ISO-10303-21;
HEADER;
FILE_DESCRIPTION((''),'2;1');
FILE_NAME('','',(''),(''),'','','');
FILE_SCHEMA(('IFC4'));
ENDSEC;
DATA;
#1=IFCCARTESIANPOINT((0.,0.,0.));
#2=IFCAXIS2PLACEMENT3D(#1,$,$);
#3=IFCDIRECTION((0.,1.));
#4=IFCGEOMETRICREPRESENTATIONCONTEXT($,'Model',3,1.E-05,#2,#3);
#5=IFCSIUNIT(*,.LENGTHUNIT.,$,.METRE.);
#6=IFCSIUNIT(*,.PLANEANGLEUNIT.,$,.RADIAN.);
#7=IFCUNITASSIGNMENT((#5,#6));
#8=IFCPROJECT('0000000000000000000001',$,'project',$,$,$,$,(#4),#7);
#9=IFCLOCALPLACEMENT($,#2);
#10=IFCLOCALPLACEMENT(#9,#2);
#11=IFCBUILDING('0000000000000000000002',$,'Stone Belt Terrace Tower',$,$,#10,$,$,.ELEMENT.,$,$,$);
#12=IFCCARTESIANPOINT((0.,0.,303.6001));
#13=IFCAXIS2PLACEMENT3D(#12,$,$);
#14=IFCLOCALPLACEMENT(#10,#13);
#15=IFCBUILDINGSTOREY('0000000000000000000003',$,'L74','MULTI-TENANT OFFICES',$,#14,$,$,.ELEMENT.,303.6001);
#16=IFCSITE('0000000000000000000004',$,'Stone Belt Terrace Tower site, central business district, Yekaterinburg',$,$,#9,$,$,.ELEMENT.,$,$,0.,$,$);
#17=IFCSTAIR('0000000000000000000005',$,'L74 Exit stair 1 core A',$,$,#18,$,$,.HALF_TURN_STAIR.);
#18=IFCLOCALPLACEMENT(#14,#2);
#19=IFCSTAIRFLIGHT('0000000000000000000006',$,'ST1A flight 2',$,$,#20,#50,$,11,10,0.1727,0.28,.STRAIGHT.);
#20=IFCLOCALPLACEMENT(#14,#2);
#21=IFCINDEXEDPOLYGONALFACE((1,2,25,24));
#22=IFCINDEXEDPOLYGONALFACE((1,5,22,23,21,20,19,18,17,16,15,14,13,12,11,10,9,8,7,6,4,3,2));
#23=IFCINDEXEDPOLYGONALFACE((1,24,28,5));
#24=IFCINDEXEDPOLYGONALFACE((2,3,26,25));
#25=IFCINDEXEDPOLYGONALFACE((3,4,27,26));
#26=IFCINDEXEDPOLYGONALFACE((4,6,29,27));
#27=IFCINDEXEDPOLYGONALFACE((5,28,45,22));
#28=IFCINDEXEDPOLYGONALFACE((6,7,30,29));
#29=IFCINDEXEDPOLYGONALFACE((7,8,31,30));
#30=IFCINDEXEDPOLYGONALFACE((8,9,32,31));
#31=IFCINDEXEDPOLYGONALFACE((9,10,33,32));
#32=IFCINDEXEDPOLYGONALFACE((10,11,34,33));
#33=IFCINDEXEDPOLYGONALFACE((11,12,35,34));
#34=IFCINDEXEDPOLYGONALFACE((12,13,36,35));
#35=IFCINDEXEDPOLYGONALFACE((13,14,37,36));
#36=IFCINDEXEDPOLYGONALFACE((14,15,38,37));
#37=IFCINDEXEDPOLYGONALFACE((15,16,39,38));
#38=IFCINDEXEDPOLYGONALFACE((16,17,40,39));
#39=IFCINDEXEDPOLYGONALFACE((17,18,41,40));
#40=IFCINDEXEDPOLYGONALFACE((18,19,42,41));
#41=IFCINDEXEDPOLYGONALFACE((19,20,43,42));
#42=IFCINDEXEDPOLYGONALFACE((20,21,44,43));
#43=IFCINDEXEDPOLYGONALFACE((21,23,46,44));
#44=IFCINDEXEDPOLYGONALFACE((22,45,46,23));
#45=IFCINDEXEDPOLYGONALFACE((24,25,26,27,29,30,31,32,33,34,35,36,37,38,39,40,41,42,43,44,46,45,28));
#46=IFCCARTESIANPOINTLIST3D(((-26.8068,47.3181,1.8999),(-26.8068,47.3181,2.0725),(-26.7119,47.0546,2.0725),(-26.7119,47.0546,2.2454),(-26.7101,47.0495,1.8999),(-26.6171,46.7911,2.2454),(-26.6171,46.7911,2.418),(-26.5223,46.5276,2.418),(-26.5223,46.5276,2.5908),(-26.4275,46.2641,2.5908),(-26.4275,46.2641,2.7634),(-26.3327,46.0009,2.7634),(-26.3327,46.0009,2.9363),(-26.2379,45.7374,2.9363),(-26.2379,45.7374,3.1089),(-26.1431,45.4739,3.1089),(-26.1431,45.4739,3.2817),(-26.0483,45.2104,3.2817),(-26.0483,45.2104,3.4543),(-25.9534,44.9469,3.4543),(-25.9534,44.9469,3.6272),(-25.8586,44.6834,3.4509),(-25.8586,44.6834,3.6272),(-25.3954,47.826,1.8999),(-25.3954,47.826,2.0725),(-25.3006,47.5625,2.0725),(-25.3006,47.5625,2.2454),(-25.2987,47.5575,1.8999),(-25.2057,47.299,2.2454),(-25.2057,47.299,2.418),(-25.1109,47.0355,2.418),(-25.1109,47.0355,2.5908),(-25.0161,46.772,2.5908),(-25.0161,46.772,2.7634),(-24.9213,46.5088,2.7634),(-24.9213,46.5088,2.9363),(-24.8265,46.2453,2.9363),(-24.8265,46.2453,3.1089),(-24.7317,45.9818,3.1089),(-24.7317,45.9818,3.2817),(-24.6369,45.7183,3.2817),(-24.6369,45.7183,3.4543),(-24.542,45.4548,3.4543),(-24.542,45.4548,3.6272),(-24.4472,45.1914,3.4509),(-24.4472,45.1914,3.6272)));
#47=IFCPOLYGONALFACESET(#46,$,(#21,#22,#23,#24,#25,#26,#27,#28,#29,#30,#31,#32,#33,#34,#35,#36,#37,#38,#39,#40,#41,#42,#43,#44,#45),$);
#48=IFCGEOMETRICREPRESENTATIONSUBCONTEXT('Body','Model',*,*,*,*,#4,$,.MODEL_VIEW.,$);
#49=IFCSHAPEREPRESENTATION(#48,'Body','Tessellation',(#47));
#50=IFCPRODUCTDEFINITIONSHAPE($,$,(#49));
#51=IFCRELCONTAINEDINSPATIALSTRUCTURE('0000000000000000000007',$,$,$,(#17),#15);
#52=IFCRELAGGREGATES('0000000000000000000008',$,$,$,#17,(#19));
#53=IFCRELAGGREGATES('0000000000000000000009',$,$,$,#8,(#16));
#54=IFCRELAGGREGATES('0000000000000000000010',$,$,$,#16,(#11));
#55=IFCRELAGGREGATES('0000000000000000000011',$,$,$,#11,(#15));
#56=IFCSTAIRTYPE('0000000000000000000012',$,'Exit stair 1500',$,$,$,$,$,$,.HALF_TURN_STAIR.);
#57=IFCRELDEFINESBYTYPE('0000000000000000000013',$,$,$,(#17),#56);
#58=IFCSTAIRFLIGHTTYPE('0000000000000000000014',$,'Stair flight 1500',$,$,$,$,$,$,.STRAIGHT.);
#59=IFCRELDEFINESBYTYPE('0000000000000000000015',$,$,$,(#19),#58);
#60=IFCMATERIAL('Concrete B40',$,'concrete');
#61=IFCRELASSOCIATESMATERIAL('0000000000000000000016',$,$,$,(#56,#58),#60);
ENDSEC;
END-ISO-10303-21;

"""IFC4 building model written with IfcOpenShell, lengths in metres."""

from ifc_helpers import new_model, si_unit, direction, frame, origin, place, context, subcontext, project, spatial, polyline, outline, extrude, material, type_object, element, aggregate, save


model = new_model("IFC4")

# Units and contexts
model_context = context("Model", 3, precision=1e-05, world=origin(), true_north=direction((0.0, 1.0)))
body_context = subcontext(model_context, "Body", "Model", "MODEL_VIEW")
ifc_project = project(units=[si_unit("LENGTHUNIT", "METRE"), si_unit("PLANEANGLEUNIT", "RADIAN")], contexts=[model_context])

# Site, building, storey
site_placement = place(None, origin())
site = spatial("IfcSite", under=ifc_project, at=site_placement, Name="Stone Belt Terrace Tower site, central business district, Yekaterinburg", CompositionType="ELEMENT", RefElevation=0.0)
building_placement = place(site_placement, origin())
building = spatial("IfcBuilding", under=site, at=building_placement, Name="Stone Belt Terrace Tower", CompositionType="ELEMENT")
storey_placement = place(building_placement, frame((0.0, 0.0, 303.6001)))
storey = spatial("IfcBuildingStorey", under=building, at=storey_placement, Name="L74", Description="MULTI-TENANT OFFICES", CompositionType="ELEMENT", Elevation=303.6001)

# Stair, stair flight
ifc_material_1 = material(Name="Concrete B40", Category="concrete")
stair_type = type_object("IfcStairType", Name="Exit stair 1500", PredefinedType="HALF_TURN_STAIR", material=ifc_material_1)
stair_placement = place(storey_placement, origin())
stair = element("IfcStair", 1, at=stair_placement, inside=storey, type_object=stair_type, Name="L74 Exit stair 1 core A", PredefinedType="HALF_TURN_STAIR")
stair_flight_type = type_object("IfcStairFlightType", Name="Stair flight 1500", PredefinedType="STRAIGHT", material=ifc_material_1)
stair_flight_1_placement = place(storey_placement, frame((-26.1011, 47.572, 1.8999), z_axis=(0.0, 0.0, 1.0), x_axis=(0.338624, -0.940922, 0.0)))
stair_flight_1 = element("IfcStairFlight", 2, at=stair_flight_1_placement, type_object=stair_flight_type, Name="ST1A flight 2", NumberOfRisers=11, NumberOfTreads=10, PredefinedType="STRAIGHT", RiserHeight=0.1727, TreadLength=0.28, context=body_context, shape_type="SweptSolid", body=[
    extrude(outline(polyline([(0.0, 0.0), (0.0, 0.1726), (0.28, 0.1726), (0.28, 0.3455), (0.5601, 0.3455), (0.5601, 0.5181), (0.8401, 0.5181), (0.8401, 0.6909), (1.1201, 0.6909), (1.1201, 0.8635), (1.3999, 0.8635), (1.3999, 1.0364), (1.6799, 1.0364), (1.6799, 1.209), (1.96, 1.209), (1.96, 1.3818), (2.24, 1.3818), (2.24, 1.5544), (2.52, 1.5544), (2.52, 1.7273), (2.8, 1.7273), (2.8, 1.8999), (2.8, 1.551), (0.2854, 0.0), (0.0, 0.0)])), frame((0.0, 0.75, 0.0), z_axis=(0.0, -1.0, 0.0), x_axis=(1.0, 0.0, 0.0)), (0.0, 0.0, 1.0), 1.5),
])
aggregate(stair, [stair_flight_1])

save(model, "model.ifc")
